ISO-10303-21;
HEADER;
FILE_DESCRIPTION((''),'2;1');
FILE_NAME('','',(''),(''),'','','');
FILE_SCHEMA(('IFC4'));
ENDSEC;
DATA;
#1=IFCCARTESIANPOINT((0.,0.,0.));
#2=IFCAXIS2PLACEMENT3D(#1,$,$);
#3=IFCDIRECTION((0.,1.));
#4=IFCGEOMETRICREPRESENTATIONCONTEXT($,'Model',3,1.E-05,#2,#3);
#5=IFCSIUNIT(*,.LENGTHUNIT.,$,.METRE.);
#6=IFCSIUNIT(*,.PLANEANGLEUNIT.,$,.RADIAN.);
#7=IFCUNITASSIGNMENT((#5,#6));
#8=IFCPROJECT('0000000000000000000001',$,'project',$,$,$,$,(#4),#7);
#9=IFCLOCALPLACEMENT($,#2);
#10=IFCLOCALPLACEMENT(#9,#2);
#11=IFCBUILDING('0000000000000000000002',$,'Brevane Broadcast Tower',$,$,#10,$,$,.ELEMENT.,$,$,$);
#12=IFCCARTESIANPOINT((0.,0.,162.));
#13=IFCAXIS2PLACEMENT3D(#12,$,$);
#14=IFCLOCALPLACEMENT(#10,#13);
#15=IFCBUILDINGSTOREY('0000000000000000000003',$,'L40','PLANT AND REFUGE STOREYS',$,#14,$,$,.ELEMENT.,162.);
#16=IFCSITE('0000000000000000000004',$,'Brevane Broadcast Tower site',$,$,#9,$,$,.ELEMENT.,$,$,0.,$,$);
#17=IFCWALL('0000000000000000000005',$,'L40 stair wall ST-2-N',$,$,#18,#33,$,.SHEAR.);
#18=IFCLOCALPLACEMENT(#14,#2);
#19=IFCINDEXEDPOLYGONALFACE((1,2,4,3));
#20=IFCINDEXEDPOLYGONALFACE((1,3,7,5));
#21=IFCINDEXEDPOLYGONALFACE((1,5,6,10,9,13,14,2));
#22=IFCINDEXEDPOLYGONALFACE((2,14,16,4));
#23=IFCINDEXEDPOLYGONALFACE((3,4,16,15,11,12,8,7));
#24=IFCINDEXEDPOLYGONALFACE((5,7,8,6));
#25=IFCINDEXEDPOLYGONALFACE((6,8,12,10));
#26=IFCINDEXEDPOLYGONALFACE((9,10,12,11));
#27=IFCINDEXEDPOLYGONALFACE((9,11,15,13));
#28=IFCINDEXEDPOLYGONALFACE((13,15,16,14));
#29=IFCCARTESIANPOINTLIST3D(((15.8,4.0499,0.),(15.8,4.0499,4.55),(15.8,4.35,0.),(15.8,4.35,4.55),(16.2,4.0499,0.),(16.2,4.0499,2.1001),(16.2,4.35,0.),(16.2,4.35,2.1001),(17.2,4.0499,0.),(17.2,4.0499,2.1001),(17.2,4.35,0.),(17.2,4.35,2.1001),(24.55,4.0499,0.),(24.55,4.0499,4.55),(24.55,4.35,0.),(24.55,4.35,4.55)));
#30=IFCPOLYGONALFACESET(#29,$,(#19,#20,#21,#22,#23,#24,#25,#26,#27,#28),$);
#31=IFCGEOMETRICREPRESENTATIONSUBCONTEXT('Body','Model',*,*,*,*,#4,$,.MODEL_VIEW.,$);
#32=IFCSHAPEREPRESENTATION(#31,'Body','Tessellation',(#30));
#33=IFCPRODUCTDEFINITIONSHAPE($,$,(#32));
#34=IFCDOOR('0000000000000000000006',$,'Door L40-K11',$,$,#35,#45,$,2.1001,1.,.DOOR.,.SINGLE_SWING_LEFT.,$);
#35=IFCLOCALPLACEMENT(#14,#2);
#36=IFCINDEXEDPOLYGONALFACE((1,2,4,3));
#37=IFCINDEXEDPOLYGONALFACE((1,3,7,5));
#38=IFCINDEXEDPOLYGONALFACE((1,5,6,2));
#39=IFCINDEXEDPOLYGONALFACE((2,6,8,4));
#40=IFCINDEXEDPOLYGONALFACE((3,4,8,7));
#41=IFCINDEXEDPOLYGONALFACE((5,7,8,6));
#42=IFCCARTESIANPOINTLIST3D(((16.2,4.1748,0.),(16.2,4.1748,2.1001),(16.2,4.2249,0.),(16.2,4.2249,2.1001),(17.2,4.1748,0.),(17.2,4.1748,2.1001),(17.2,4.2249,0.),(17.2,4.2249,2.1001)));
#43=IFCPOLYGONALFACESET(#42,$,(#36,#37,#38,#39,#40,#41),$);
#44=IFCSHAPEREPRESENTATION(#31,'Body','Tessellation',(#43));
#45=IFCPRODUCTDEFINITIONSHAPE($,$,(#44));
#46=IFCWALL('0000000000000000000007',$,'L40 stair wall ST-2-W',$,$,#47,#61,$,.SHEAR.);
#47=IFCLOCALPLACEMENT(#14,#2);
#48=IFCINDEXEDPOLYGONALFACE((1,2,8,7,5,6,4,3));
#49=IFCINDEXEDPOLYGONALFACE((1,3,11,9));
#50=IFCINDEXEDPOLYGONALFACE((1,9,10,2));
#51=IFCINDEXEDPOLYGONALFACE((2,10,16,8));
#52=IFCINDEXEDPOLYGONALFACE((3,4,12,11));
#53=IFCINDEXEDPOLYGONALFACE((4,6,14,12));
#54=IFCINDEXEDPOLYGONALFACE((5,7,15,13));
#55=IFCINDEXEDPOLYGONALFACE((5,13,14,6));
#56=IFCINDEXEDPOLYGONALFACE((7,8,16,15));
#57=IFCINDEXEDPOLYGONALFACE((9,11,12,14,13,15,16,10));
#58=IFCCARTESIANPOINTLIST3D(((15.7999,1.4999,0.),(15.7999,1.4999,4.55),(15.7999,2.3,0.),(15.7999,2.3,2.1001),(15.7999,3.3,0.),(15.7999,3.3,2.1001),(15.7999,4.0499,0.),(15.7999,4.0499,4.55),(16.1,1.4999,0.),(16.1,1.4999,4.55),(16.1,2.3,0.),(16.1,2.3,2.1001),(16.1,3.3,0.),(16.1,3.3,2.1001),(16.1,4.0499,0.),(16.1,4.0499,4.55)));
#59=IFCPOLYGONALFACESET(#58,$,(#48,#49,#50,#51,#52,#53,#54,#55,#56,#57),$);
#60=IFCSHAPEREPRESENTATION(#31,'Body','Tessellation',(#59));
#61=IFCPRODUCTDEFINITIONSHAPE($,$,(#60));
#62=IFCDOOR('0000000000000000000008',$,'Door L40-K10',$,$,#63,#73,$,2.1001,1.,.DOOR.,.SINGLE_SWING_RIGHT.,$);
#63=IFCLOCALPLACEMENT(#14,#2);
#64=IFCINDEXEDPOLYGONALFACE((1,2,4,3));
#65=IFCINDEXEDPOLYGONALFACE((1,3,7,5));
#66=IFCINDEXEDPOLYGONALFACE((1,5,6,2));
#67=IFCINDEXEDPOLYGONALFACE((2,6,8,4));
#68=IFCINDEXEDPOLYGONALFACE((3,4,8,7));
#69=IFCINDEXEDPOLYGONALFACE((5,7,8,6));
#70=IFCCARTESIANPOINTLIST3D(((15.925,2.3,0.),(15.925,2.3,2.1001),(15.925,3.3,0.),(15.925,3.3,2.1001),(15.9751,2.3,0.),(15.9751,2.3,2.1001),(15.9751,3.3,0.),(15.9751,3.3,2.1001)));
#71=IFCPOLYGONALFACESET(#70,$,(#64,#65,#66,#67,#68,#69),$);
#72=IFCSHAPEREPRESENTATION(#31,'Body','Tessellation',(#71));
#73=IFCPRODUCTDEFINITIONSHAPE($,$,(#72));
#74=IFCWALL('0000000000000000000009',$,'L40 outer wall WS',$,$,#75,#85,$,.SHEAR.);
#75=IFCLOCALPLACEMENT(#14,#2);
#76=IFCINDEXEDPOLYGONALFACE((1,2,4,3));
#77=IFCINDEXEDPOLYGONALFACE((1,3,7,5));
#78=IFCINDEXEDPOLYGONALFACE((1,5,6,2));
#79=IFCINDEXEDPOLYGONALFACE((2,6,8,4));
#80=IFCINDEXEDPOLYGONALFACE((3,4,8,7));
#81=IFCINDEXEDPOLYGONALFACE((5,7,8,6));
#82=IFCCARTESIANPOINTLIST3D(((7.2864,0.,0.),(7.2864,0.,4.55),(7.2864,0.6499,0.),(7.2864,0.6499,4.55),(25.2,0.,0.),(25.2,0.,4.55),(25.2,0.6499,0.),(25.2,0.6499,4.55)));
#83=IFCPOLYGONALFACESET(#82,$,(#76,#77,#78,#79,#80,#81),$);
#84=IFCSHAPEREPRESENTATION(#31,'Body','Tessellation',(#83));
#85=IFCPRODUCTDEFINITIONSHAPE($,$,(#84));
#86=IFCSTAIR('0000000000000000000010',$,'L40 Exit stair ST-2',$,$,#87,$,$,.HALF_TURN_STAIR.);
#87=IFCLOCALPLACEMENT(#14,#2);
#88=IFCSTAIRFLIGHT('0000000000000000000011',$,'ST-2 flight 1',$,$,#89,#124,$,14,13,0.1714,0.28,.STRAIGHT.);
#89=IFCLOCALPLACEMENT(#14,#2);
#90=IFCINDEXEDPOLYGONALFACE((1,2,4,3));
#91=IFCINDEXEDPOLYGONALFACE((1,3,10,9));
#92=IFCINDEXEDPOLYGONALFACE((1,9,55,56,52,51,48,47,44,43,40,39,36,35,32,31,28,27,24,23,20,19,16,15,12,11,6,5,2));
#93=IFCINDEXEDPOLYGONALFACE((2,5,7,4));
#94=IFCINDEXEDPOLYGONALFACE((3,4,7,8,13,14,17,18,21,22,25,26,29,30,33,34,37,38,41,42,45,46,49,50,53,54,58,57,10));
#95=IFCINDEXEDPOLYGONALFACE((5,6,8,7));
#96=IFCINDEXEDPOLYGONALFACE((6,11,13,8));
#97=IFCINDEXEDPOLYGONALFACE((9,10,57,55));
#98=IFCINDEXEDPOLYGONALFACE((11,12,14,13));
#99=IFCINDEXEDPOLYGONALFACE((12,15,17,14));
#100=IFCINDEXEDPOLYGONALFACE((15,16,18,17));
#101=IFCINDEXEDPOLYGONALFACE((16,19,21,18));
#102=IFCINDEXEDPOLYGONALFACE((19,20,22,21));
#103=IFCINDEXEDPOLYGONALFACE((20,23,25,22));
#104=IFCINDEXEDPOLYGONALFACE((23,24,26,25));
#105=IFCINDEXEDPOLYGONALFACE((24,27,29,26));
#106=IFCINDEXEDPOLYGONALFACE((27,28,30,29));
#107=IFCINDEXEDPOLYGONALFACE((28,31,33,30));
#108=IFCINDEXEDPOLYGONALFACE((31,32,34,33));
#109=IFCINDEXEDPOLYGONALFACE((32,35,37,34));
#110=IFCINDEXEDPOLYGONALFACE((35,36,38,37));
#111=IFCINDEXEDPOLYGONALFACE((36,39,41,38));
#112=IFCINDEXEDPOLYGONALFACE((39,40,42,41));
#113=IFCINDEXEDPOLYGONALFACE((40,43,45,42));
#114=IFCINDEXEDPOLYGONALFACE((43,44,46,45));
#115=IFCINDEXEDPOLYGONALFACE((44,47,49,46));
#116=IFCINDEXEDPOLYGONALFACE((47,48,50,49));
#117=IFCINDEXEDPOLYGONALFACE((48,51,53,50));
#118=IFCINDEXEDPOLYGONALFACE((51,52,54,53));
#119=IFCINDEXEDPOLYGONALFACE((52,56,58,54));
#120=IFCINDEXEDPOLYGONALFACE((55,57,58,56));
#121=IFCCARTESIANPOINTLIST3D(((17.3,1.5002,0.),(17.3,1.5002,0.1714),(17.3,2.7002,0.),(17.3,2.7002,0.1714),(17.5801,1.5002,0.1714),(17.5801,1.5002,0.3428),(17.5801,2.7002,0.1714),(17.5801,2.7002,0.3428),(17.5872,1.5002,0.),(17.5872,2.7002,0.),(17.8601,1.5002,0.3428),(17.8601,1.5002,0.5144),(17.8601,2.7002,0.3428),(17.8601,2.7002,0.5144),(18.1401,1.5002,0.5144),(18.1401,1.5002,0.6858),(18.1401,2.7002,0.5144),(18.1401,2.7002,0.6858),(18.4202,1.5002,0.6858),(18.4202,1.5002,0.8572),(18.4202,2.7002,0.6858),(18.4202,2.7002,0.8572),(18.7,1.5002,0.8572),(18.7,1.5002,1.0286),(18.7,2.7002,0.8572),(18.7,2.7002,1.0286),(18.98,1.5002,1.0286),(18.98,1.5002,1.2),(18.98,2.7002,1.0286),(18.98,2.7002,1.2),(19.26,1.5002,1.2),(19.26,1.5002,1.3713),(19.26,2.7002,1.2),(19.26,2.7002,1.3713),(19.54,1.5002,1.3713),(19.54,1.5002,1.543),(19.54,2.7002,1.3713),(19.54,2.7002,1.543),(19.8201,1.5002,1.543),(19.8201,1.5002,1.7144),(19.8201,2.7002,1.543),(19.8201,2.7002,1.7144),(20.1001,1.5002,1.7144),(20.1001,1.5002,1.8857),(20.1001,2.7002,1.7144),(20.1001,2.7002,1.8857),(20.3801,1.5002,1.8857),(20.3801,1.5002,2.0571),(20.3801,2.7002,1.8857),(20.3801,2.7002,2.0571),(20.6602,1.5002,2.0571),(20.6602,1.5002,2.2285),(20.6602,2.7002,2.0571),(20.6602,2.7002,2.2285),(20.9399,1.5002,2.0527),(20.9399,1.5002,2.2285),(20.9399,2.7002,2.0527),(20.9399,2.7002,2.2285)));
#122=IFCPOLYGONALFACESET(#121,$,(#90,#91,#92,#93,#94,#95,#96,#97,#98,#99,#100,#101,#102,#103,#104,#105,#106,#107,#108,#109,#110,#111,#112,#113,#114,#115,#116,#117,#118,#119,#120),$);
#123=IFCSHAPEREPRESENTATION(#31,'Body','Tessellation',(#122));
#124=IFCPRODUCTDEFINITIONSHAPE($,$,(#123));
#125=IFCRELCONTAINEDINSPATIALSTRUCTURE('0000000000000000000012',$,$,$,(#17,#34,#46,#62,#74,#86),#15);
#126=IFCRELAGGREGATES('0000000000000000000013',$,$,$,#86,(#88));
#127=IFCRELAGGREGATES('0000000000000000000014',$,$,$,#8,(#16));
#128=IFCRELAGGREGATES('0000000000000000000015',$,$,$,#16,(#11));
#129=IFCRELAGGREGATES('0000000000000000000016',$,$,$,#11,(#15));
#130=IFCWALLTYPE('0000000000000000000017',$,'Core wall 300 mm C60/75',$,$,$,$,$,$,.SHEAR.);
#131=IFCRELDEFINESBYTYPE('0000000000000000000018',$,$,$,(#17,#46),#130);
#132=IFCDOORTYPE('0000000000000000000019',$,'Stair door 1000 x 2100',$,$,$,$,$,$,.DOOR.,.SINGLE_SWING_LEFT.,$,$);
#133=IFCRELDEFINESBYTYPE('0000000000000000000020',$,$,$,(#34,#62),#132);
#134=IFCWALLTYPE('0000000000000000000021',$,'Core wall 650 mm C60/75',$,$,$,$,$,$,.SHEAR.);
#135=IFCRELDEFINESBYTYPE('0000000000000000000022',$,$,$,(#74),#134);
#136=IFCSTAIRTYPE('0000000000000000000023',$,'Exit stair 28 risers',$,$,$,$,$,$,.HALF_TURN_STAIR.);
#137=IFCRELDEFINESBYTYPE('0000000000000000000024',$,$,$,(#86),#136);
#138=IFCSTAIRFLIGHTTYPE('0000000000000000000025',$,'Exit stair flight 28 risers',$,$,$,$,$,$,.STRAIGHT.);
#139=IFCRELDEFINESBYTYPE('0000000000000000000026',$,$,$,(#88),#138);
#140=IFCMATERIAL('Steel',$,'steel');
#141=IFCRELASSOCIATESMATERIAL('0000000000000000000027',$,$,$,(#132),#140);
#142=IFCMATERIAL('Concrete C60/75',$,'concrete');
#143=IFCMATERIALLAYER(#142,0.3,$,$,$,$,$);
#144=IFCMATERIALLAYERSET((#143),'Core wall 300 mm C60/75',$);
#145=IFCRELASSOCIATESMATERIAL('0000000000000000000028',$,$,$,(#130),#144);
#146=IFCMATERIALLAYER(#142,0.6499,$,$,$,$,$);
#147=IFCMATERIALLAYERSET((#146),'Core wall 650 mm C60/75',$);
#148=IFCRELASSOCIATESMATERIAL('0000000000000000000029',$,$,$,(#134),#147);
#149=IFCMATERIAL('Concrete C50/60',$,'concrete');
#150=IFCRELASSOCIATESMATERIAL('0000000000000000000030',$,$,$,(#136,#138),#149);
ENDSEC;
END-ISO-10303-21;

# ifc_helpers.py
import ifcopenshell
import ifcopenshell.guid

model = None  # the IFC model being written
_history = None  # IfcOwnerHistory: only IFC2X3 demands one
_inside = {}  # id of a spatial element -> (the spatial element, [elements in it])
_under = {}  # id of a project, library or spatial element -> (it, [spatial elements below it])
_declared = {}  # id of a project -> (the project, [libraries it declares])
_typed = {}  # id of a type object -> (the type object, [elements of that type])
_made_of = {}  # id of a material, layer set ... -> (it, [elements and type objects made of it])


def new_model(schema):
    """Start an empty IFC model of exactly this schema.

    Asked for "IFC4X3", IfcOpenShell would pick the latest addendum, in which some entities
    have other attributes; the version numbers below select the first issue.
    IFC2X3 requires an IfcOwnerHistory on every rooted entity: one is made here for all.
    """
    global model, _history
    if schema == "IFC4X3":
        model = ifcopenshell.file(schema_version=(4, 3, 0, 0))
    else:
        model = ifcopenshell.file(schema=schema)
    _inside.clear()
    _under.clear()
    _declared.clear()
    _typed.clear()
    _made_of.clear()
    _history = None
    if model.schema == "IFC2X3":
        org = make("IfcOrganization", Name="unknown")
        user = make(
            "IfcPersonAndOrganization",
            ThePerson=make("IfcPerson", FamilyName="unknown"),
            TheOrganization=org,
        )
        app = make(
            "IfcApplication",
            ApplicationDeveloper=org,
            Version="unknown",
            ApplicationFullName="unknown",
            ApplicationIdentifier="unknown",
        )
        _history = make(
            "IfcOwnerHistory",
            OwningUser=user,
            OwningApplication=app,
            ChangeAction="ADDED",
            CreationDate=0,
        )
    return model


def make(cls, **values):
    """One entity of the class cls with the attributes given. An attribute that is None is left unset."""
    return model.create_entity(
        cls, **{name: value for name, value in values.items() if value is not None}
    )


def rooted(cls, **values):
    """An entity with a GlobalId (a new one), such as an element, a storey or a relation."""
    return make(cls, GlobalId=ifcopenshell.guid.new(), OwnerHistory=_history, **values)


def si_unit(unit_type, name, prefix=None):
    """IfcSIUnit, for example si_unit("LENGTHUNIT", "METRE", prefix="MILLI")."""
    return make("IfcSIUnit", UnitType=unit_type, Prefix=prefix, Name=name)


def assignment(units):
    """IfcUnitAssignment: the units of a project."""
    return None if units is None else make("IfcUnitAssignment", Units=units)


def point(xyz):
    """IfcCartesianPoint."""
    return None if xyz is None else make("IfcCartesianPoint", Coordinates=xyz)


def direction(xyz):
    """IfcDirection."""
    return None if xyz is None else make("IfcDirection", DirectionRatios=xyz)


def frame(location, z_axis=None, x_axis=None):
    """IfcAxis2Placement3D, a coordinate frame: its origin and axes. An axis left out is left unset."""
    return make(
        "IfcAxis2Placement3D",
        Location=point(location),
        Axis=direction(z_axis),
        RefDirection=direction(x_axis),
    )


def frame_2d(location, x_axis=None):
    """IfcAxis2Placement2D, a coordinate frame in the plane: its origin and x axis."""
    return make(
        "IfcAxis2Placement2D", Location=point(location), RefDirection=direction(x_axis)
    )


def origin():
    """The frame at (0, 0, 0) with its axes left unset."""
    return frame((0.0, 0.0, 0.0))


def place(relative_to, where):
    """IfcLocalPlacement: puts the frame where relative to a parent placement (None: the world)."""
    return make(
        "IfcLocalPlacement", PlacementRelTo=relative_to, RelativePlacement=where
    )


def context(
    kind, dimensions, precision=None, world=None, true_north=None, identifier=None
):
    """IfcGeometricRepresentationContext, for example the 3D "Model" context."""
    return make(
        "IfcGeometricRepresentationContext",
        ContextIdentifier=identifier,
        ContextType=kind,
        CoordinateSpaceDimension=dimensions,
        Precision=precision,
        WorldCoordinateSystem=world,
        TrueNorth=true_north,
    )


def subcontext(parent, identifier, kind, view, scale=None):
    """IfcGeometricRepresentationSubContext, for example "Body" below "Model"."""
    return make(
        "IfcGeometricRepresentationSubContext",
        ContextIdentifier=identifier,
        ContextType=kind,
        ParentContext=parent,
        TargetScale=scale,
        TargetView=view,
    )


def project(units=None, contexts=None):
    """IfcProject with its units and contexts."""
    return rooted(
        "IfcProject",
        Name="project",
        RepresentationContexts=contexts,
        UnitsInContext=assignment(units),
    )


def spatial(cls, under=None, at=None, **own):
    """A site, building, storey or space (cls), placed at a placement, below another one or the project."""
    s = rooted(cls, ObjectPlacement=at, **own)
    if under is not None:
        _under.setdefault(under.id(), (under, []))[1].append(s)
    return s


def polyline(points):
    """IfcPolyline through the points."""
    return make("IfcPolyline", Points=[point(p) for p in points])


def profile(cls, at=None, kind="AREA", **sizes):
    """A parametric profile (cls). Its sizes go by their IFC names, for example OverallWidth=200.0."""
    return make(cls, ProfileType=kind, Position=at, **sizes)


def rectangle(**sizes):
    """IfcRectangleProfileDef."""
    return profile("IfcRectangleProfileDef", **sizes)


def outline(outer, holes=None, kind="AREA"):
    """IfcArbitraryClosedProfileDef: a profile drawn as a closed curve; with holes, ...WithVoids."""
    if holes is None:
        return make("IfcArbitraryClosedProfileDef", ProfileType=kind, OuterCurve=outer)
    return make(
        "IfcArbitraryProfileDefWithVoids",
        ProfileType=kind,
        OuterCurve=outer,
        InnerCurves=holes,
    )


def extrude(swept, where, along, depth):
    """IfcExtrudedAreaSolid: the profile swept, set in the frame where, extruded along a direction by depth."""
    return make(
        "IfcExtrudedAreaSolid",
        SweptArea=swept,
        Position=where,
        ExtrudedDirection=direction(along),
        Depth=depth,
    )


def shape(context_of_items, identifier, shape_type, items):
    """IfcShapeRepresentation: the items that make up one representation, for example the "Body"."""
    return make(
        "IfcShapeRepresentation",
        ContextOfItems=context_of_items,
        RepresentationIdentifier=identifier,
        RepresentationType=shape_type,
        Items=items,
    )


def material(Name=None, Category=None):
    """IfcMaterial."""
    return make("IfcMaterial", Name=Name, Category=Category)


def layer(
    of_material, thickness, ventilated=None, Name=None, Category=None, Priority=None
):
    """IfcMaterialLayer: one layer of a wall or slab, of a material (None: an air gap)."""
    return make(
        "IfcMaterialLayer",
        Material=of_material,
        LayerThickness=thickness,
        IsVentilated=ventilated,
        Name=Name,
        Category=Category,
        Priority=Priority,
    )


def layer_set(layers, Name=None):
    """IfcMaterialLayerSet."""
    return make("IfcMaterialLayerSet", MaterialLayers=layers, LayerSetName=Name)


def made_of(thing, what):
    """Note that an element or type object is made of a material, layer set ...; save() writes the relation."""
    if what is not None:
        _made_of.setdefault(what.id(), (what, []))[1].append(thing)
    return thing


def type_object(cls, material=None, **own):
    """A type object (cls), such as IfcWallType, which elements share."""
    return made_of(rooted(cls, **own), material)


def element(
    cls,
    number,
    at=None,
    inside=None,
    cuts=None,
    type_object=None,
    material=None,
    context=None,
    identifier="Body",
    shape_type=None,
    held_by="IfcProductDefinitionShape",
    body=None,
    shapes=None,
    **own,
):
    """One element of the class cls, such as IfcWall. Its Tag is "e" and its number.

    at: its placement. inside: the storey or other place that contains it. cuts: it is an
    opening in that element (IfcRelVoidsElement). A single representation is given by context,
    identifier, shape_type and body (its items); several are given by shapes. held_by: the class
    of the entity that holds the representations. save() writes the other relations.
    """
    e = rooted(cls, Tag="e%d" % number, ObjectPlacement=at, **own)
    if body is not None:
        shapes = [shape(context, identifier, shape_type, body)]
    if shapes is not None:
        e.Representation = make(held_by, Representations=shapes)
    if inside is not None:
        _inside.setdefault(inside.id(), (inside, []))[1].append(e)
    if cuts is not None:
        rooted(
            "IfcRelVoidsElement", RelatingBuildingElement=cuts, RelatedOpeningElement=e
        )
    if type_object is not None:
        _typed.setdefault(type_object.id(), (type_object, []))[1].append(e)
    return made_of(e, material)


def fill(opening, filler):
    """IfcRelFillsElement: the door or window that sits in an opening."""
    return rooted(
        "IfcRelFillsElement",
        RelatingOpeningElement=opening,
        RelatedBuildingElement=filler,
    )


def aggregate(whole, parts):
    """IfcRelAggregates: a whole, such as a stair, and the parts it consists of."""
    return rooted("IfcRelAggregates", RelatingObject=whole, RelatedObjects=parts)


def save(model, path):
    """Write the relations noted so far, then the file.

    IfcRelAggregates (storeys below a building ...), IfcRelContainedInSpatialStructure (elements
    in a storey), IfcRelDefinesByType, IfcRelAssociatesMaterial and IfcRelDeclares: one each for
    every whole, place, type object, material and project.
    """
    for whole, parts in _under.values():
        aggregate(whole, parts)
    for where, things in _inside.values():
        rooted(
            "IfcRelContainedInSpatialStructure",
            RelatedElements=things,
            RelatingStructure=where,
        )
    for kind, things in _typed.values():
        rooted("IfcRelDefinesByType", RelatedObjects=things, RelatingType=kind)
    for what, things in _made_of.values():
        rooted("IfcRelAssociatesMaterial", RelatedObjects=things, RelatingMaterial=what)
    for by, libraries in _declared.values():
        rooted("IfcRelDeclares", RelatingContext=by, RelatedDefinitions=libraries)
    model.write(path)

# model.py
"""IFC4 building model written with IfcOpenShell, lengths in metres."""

from ifc_helpers import new_model, si_unit, direction, frame, frame_2d, origin, place, context, subcontext, project, spatial, polyline, rectangle, outline, extrude, material, layer, layer_set, type_object, element, fill, aggregate, save


model = new_model("IFC4")

# Units and contexts
model_context = context("Model", 3, precision=1e-05, world=origin(), true_north=direction((0.0, 1.0)))
body_context = subcontext(model_context, "Body", "Model", "MODEL_VIEW")
ifc_project = project(units=[si_unit("LENGTHUNIT", "METRE"), si_unit("PLANEANGLEUNIT", "RADIAN")], contexts=[model_context])

# Site, building, storey
site_placement = place(None, origin())
site = spatial("IfcSite", under=ifc_project, at=site_placement, Name="Brevane Broadcast Tower site", CompositionType="ELEMENT", RefElevation=0.0)
building_placement = place(site_placement, origin())
building = spatial("IfcBuilding", under=site, at=building_placement, Name="Brevane Broadcast Tower", CompositionType="ELEMENT")
storey_placement = place(building_placement, frame((0.0, 0.0, 162.0)))
storey = spatial("IfcBuildingStorey", under=building, at=storey_placement, Name="L40", Description="PLANT AND REFUGE STOREYS", CompositionType="ELEMENT", Elevation=162.0)

# Shared definitions
ifc_material_1 = material(Name="Steel", Category="steel")
door_type_1 = type_object("IfcDoorType", Name="Stair door 1000 x 2100", OperationType="SINGLE_SWING_LEFT", PredefinedType="DOOR", material=ifc_material_1)

# Shared definitions
ifc_material_2 = material(Name="Concrete C60/75", Category="concrete")
ifc_layer_1 = layer(ifc_material_2, 0.3)
ifc_layer_set_1 = layer_set([ifc_layer_1], Name="Core wall 300 mm C60/75")
wall_type_1 = type_object("IfcWallType", Name="Core wall 300 mm C60/75", PredefinedType="SHEAR", material=ifc_layer_set_1)

# Walls, openings, doors
wall_1_placement = place(storey_placement, frame((15.8, 4.2, 0.0), z_axis=(0.0, 0.0, 1.0), x_axis=(1.0, 0.0, 0.0)))
wall_1 = element("IfcWall", 1, at=wall_1_placement, inside=storey, type_object=wall_type_1, Name="L40 stair wall ST-2-N", PredefinedType="SHEAR", context=body_context, shape_type="SweptSolid", body=[
    extrude(rectangle(XDim=8.75, YDim=0.3, at=frame_2d((4.375, 0.0))), origin(), (0.0, 0.0, 1.0), 4.55),
])
opening_1_placement = place(wall_1_placement, frame((0.3999, 0.0, 0.0)))
opening_1 = element("IfcOpeningElement", 2, at=opening_1_placement, cuts=wall_1, PredefinedType="OPENING", context=body_context, shape_type="SweptSolid", body=[
    extrude(rectangle(XDim=1.0, YDim=2.1001, at=frame_2d((0.5, 1.05))), frame((0.0, 0.1599, 0.0), z_axis=(0.0, -1.0, 0.0), x_axis=(1.0, 0.0, 0.0)), (0.0, 0.0, 1.0), 0.3201),
])
door_1_placement = place(opening_1_placement, origin())
door_1 = element("IfcDoor", 3, at=door_1_placement, inside=storey, type_object=door_type_1, Name="Door L40-K11", OperationType="SINGLE_SWING_LEFT", OverallHeight=2.1001, OverallWidth=1.0, PredefinedType="DOOR", context=body_context, shape_type="SweptSolid", body=[
    extrude(rectangle(XDim=1.0, YDim=2.1001, at=frame_2d((0.5, 1.05))), frame((0.0, 0.0249, 0.0), z_axis=(0.0, -1.0, 0.0), x_axis=(1.0, 0.0, 0.0)), (0.0, 0.0, 1.0), 0.05),
])
fill(opening_1, door_1)
wall_2_placement = place(storey_placement, frame((15.95, 1.5, 0.0), z_axis=(0.0, 0.0, 1.0), x_axis=(0.0, 1.0, 0.0)))
wall_2 = element("IfcWall", 4, at=wall_2_placement, inside=storey, type_object=wall_type_1, Name="L40 stair wall ST-2-W", PredefinedType="SHEAR", context=body_context, shape_type="SweptSolid", body=[
    extrude(rectangle(XDim=2.55, YDim=0.3, at=frame_2d((1.2749, 0.0))), origin(), (0.0, 0.0, 1.0), 4.55),
])
opening_2_placement = place(wall_2_placement, frame((0.8, 0.0, 0.0)))
opening_2 = element("IfcOpeningElement", 5, at=opening_2_placement, cuts=wall_2, PredefinedType="OPENING", context=body_context, shape_type="SweptSolid", body=[
    extrude(rectangle(XDim=1.0, YDim=2.1001, at=frame_2d((0.5, 1.05))), frame((0.0, 0.1599, 0.0), z_axis=(0.0, -1.0, 0.0), x_axis=(1.0, 0.0, 0.0)), (0.0, 0.0, 1.0), 0.3201),
])
door_2_placement = place(opening_2_placement, origin())
door_2 = element("IfcDoor", 6, at=door_2_placement, inside=storey, type_object=door_type_1, Name="Door L40-K10", OperationType="SINGLE_SWING_RIGHT", OverallHeight=2.1001, OverallWidth=1.0, PredefinedType="DOOR", context=body_context, shape_type="SweptSolid", body=[
    extrude(rectangle(XDim=1.0, YDim=2.1001, at=frame_2d((0.5, 1.05))), frame((0.0, 0.0249, 0.0), z_axis=(0.0, -1.0, 0.0), x_axis=(1.0, 0.0, 0.0)), (0.0, 0.0, 1.0), 0.05),
])
fill(opening_2, door_2)

# Wall
ifc_layer_2 = layer(ifc_material_2, 0.6499)
ifc_layer_set_2 = layer_set([ifc_layer_2], Name="Core wall 650 mm C60/75")
wall_type_2 = type_object("IfcWallType", Name="Core wall 650 mm C60/75", PredefinedType="SHEAR", material=ifc_layer_set_2)
wall_3_placement = place(storey_placement, frame((7.2864, 0.325, 0.0), z_axis=(0.0, 0.0, 1.0), x_axis=(1.0, 0.0, 0.0)))
element("IfcWall", 7, at=wall_3_placement, inside=storey, type_object=wall_type_2, Name="L40 outer wall WS", PredefinedType="SHEAR", context=body_context, shape_type="SweptSolid", body=[
    extrude(rectangle(XDim=17.9136, YDim=0.6499, at=frame_2d((8.9568, 0.0))), origin(), (0.0, 0.0, 1.0), 4.55),
])

# Stair, stair flight
ifc_material_3 = material(Name="Concrete C50/60", Category="concrete")
stair_type = type_object("IfcStairType", Name="Exit stair 28 risers", PredefinedType="HALF_TURN_STAIR", material=ifc_material_3)
stair_placement = place(storey_placement, origin())
stair = element("IfcStair", 8, at=stair_placement, inside=storey, type_object=stair_type, Name="L40 Exit stair ST-2", PredefinedType="HALF_TURN_STAIR")
stair_flight_type = type_object("IfcStairFlightType", Name="Exit stair flight 28 risers", PredefinedType="STRAIGHT", material=ifc_material_3)
stair_flight_placement = place(storey_placement, frame((17.3, 2.1001, 0.0), z_axis=(0.0, 0.0, 1.0), x_axis=(1.0, 0.0, 0.0)))
stair_flight = element("IfcStairFlight", 9, at=stair_flight_placement, type_object=stair_flight_type, Name="ST-2 flight 1", NumberOfRisers=14, NumberOfTreads=13, PredefinedType="STRAIGHT", RiserHeight=0.1714, TreadLength=0.28, context=body_context, shape_type="SweptSolid", body=[
    extrude(outline(polyline([(0.0, 0.0), (0.0, 0.1714), (0.28, 0.1714), (0.28, 0.3428), (0.5601, 0.3428), (0.5601, 0.5144), (0.8401, 0.5144), (0.8401, 0.6858), (1.1201, 0.6858), (1.1201, 0.8572), (1.3999, 0.8572), (1.3999, 1.0286), (1.6799, 1.0286), (1.6799, 1.2), (1.96, 1.2), (1.96, 1.3713), (2.24, 1.3713), (2.24, 1.543), (2.52, 1.543), (2.52, 1.7144), (2.8, 1.7144), (2.8, 1.8857), (3.0801, 1.8857), (3.0801, 2.0571), (3.3601, 2.0571), (3.3601, 2.2285), (3.6399, 2.2285), (3.6399, 2.3999), (3.6399, 2.0527), (0.2871, 0.0), (0.0, 0.0)])), frame((0.0, 0.6001, 0.0), z_axis=(0.0, -1.0, 0.0), x_axis=(1.0, 0.0, 0.0)), (0.0, 0.0, 1.0), 1.2),
])
aggregate(stair, [stair_flight])

save(model, "model.ifc")
